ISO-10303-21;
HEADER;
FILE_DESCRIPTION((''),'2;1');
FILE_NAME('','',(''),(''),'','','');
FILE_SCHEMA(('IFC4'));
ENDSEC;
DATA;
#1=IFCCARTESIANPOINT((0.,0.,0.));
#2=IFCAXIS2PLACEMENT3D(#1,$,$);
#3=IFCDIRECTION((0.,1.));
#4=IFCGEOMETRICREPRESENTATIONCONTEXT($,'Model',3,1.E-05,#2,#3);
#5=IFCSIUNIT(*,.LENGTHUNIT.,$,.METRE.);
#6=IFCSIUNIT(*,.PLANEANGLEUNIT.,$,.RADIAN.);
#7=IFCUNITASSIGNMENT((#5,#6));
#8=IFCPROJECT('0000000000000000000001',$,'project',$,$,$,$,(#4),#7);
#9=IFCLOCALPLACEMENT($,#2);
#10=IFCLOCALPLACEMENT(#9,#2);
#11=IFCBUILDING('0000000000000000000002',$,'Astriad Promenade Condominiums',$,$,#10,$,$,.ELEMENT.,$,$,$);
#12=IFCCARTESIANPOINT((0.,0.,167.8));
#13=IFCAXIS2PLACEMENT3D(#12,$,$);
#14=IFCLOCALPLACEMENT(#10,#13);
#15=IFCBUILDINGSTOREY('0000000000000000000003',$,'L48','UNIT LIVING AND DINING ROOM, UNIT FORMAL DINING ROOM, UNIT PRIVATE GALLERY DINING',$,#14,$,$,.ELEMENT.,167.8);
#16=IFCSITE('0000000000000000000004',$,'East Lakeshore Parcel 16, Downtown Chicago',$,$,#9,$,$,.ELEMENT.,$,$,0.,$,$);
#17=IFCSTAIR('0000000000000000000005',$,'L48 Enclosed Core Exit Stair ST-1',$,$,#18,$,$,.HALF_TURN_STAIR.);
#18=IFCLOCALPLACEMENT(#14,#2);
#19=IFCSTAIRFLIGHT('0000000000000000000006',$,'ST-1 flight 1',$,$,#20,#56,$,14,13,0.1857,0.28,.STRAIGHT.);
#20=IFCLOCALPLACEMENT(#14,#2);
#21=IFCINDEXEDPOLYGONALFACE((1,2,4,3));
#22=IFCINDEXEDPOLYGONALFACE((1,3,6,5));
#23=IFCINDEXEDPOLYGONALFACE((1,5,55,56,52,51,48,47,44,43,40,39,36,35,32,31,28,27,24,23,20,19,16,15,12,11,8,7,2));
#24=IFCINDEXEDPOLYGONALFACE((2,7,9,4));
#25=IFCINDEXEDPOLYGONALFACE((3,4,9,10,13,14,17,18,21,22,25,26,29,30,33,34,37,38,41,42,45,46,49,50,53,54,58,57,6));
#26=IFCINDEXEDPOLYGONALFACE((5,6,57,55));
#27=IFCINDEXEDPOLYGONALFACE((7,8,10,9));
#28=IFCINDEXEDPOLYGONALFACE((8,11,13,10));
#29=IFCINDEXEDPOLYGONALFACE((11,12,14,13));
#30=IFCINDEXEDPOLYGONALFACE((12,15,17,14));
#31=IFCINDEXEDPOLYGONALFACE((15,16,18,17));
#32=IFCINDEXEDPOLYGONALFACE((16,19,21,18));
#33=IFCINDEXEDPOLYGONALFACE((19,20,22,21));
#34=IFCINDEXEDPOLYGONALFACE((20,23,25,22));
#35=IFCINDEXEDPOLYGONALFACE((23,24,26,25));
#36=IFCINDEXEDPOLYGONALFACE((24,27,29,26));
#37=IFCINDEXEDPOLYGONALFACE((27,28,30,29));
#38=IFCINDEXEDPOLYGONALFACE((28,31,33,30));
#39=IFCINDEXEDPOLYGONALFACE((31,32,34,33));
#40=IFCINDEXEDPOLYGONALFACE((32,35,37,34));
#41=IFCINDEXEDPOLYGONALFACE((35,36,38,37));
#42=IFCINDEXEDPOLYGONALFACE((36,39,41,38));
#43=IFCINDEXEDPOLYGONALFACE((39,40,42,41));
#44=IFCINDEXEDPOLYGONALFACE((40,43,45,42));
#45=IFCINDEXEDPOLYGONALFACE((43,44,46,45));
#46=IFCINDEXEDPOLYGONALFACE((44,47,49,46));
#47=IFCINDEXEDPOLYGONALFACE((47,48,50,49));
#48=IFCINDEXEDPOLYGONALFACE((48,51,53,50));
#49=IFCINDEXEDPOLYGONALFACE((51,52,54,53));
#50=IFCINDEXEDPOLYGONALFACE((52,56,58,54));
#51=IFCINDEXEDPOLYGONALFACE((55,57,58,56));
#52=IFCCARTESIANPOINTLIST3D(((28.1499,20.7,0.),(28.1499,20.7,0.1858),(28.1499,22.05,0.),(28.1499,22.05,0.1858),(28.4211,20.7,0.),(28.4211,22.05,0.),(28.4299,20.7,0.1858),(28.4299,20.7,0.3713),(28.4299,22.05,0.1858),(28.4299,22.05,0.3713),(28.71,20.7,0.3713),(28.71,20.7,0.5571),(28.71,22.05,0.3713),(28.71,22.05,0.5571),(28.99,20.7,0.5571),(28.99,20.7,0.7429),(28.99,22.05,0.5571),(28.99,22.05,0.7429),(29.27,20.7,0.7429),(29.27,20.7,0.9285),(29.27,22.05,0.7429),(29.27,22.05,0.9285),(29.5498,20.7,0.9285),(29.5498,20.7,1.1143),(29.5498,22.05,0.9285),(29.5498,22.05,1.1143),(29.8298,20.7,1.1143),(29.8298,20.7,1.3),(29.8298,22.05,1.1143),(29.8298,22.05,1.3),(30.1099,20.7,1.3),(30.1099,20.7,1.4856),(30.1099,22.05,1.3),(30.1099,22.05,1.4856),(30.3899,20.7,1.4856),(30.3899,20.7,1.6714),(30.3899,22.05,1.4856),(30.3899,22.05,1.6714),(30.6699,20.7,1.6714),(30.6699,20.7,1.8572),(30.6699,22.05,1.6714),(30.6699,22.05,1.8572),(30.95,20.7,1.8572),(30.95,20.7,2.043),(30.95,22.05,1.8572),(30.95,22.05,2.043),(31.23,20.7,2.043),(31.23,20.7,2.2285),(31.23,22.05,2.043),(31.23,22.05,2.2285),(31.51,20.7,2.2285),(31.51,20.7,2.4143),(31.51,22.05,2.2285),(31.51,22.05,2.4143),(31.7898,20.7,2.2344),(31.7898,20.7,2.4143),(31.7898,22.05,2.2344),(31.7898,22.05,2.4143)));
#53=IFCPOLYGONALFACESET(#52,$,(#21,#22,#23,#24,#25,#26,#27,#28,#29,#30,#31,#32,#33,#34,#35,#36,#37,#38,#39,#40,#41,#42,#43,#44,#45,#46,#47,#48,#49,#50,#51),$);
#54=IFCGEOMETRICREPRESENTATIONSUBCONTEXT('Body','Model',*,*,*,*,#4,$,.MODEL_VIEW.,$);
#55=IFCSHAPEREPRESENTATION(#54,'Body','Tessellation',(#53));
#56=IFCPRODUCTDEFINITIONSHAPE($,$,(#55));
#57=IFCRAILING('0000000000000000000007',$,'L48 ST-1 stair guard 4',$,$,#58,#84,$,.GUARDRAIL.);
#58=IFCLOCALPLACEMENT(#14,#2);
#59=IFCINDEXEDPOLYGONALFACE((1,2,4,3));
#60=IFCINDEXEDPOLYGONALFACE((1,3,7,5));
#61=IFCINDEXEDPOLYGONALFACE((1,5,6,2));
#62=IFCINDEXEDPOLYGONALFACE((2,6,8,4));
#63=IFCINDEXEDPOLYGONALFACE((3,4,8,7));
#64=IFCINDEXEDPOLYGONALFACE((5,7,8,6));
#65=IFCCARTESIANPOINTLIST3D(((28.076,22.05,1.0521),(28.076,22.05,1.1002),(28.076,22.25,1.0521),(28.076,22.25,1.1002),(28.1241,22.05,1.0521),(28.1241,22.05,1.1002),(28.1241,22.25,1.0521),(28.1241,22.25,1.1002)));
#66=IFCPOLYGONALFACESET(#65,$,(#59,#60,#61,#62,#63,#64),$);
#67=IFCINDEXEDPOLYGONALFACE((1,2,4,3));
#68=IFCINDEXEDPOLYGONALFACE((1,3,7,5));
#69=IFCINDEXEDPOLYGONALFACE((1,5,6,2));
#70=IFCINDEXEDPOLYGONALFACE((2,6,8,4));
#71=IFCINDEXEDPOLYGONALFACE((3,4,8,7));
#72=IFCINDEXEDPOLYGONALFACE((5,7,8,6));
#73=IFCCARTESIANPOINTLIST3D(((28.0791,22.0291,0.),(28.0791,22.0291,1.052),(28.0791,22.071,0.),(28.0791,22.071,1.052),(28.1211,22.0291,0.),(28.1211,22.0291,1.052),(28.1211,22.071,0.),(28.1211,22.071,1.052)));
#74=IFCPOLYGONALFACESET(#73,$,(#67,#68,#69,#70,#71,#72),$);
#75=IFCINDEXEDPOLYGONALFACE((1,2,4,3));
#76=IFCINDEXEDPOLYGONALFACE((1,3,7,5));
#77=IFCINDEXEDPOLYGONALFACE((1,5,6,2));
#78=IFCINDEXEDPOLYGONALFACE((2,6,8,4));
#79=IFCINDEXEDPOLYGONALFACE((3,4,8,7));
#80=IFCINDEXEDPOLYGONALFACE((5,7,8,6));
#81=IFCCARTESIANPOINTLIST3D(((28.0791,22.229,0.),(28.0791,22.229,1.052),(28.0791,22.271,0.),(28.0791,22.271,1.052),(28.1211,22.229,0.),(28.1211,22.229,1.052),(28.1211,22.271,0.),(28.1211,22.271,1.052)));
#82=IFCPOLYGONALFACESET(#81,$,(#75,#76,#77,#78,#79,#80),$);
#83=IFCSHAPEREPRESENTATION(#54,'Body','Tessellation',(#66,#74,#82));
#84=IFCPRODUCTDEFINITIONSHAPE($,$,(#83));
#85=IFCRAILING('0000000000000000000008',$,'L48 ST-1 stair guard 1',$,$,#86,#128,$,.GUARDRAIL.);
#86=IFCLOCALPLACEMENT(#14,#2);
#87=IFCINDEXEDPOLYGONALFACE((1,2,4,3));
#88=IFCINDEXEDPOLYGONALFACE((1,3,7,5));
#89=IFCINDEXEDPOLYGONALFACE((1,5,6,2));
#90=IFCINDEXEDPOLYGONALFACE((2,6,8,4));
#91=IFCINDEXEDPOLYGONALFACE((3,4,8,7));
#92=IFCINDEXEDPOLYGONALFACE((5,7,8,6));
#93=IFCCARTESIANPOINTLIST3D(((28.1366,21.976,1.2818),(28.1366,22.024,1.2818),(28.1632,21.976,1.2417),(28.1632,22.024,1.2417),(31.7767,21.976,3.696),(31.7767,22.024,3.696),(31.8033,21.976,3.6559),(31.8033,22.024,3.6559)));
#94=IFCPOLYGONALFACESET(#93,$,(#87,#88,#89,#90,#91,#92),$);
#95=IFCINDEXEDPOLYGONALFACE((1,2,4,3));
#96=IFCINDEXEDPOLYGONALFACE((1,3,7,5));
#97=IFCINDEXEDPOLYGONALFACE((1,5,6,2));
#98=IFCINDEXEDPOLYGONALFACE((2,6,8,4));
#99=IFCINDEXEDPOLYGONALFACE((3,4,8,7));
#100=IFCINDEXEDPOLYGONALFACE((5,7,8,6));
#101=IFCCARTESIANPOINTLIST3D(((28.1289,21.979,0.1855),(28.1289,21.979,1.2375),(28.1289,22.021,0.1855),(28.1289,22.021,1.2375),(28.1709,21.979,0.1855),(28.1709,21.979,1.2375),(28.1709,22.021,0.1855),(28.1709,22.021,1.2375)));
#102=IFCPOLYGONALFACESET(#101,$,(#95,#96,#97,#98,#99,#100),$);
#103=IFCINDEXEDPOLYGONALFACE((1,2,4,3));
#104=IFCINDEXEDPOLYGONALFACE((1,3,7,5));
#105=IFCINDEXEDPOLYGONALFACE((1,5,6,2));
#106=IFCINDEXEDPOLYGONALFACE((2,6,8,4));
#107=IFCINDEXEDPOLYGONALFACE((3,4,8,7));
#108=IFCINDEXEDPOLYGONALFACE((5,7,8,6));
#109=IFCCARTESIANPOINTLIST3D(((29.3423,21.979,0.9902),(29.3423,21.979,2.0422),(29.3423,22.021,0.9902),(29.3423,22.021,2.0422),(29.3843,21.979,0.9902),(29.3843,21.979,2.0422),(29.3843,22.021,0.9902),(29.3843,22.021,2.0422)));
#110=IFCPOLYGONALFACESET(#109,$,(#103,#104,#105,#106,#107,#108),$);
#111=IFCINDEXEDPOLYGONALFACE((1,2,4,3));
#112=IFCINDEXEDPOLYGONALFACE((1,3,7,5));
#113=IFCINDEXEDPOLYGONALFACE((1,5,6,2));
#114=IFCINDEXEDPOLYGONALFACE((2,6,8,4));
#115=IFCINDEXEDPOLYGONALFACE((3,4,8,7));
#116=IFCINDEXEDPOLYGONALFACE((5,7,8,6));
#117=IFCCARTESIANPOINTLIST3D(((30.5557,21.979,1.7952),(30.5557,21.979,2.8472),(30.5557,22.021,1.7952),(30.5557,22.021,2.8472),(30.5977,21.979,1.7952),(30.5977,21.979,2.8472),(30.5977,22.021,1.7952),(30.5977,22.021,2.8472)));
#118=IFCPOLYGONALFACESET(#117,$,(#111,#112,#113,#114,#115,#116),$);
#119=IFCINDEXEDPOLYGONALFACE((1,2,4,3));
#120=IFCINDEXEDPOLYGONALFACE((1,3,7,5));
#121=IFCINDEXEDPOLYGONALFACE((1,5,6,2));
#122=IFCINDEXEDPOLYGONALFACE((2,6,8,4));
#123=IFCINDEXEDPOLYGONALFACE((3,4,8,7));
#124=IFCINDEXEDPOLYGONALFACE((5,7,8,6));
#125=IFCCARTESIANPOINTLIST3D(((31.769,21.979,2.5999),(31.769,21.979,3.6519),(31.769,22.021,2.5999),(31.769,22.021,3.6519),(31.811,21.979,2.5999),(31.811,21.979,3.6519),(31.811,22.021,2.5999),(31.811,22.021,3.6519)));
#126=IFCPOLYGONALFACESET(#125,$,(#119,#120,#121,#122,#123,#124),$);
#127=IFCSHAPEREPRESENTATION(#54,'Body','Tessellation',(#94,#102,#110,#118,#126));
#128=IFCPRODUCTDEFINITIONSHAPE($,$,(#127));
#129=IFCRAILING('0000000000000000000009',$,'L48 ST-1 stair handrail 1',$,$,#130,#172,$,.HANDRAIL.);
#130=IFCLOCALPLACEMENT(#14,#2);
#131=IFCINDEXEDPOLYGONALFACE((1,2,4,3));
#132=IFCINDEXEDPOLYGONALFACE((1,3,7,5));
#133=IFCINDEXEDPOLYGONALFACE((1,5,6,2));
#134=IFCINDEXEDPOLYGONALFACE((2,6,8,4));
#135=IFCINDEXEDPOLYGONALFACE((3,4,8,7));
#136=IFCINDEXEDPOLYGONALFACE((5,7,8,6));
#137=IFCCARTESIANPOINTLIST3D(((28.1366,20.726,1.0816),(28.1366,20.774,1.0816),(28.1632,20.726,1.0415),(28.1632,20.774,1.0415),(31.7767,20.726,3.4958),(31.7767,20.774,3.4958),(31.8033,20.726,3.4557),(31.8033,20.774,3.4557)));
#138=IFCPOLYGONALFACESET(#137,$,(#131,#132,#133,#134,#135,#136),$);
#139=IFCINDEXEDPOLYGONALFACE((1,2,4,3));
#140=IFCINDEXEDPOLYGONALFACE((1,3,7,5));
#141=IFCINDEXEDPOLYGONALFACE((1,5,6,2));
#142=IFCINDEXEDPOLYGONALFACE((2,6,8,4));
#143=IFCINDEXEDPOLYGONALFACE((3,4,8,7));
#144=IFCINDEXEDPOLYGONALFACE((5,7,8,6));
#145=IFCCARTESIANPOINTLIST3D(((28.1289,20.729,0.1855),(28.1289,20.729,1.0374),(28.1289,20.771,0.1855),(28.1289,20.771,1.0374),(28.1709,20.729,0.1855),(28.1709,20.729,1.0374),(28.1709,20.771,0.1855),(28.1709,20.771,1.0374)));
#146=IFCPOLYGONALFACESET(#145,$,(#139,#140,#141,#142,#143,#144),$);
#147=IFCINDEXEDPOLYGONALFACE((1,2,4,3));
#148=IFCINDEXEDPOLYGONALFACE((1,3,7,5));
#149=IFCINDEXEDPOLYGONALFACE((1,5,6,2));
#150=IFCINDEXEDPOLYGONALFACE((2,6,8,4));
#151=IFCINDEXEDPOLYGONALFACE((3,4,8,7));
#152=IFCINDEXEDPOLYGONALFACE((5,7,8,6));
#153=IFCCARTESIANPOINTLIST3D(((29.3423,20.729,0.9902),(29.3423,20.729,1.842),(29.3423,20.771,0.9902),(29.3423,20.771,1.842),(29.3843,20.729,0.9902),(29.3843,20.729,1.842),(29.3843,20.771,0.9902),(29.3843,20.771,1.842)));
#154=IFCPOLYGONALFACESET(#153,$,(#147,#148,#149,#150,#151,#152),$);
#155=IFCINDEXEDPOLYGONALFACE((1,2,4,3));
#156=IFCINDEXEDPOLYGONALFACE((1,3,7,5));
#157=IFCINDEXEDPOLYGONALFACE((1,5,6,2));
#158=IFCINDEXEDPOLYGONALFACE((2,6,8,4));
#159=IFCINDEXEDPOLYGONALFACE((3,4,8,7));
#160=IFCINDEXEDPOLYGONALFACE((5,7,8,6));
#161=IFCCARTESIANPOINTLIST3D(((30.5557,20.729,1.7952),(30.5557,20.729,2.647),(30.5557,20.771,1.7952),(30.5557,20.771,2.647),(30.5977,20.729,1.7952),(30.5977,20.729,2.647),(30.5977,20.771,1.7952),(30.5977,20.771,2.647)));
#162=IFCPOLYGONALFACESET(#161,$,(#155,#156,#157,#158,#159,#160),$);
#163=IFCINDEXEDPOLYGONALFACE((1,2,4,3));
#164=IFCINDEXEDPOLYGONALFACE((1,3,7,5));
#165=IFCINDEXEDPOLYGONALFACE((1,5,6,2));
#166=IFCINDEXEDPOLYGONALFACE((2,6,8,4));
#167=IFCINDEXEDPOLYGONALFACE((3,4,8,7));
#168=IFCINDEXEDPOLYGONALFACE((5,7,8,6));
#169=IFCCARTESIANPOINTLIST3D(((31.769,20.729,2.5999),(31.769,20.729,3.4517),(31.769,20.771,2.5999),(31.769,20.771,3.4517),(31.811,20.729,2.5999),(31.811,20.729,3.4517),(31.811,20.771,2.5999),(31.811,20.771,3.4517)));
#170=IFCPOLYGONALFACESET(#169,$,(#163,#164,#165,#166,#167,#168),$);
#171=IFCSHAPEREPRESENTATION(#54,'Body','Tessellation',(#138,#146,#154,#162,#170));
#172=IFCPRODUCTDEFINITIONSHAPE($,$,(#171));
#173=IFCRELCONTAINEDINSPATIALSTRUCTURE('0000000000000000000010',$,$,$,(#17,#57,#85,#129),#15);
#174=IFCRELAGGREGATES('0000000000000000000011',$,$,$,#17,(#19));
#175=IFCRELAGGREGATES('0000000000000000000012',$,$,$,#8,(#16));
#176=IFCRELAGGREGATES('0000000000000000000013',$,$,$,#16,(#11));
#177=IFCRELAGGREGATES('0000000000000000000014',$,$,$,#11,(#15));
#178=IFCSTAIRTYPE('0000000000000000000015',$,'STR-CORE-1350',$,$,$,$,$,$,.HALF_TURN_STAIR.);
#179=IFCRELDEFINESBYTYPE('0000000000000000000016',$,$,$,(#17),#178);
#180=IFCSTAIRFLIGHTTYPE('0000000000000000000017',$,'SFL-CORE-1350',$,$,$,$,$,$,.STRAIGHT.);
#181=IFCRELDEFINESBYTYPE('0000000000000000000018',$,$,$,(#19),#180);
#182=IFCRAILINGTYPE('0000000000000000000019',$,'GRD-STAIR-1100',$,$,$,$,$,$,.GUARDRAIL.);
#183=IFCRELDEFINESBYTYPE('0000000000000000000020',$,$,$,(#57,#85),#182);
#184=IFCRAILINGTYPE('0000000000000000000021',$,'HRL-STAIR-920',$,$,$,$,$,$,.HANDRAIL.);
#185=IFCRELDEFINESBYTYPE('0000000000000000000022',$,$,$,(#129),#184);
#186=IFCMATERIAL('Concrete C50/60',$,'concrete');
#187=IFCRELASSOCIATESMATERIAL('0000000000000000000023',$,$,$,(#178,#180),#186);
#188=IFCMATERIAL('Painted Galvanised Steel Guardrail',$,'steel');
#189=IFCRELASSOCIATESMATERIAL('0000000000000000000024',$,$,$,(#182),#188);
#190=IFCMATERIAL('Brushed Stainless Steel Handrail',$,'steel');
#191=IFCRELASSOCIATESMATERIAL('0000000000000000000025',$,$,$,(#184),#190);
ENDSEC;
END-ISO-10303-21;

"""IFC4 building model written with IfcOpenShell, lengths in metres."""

from ifc_helpers import new_model, si_unit, direction, frame, origin, origin_2d, place, context, subcontext, project, spatial, polyline, rectangle, outline, extrude, source, transform, mapped, material, type_object, type_shapes, element, aggregate, save


model = new_model("IFC4")

# Units and contexts
model_context = context("Model", 3, precision=1e-05, world=origin(), true_north=direction((0.0, 1.0)))
body_context = subcontext(model_context, "Body", "Model", "MODEL_VIEW")
ifc_project = project(units=[si_unit("LENGTHUNIT", "METRE"), si_unit("PLANEANGLEUNIT", "RADIAN")], contexts=[model_context])

# Site, building, storey
site_placement = place(None, origin())
site = spatial("IfcSite", under=ifc_project, at=site_placement, Name="East Lakeshore Parcel 16, Downtown Chicago", CompositionType="ELEMENT", RefElevation=0.0)
building_placement = place(site_placement, origin())
building = spatial("IfcBuilding", under=site, at=building_placement, Name="Astriad Promenade Condominiums", CompositionType="ELEMENT")
storey_placement = place(building_placement, frame((0.0, 0.0, 167.8)))
storey = spatial("IfcBuildingStorey", under=building, at=storey_placement, Name="L48", Description="UNIT LIVING AND DINING ROOM, UNIT FORMAL DINING ROOM, UNIT PRIVATE GALLERY DINING", CompositionType="ELEMENT", Elevation=167.8)

# Shared definitions
ifc_material_1 = material(Name="Concrete C50/60", Category="concrete")

# Stair, stair flight
stair_type = type_object("IfcStairType", Name="STR-CORE-1350", PredefinedType="HALF_TURN_STAIR", material=ifc_material_1)
stair_placement = place(storey_placement, origin())
stair = element("IfcStair", 1, at=stair_placement, inside=storey, type_object=stair_type, Name="L48 Enclosed Core Exit Stair ST-1", PredefinedType="HALF_TURN_STAIR")
stair_flight_type = type_object("IfcStairFlightType", Name="SFL-CORE-1350", PredefinedType="STRAIGHT", material=ifc_material_1)
shared_shape_1 = source(origin(), body_context, "Body", "SweptSolid", [
    extrude(outline(polyline([(0.0, 0.0), (0.0, 0.1858), (0.28, 0.1858), (0.28, 0.3713), (0.5601, 0.3713), (0.5601, 0.5571), (0.8401, 0.5571), (0.8401, 0.7429), (1.1201, 0.7429), (1.1201, 0.9285), (1.3999, 0.9285), (1.3999, 1.1143), (1.6799, 1.1143), (1.6799, 1.3), (1.96, 1.3), (1.96, 1.4856), (2.24, 1.4856), (2.24, 1.6714), (2.52, 1.6714), (2.52, 1.8572), (2.8, 1.8572), (2.8, 2.043), (3.0801, 2.043), (3.0801, 2.2285), (3.3601, 2.2285), (3.3601, 2.4143), (3.6399, 2.4143), (3.6399, 2.6001), (3.6399, 2.2344), (0.2712, 0.0), (0.0, 0.0)])), frame((0.0, 0.675, 0.0), z_axis=(0.0, -1.0, 0.0), x_axis=(1.0, 0.0, 0.0)), (0.0, 0.0, 1.0), 1.3501),
])
type_shapes(stair_flight_type, [shared_shape_1])
stair_flight_placement = place(storey_placement, frame((28.1499, 21.375, 0.0), z_axis=(0.0, 0.0, 1.0), x_axis=(1.0, 0.0, 0.0)))
stair_flight = element("IfcStairFlight", 2, at=stair_flight_placement, type_object=stair_flight_type, Name="ST-1 flight 1", NumberOfRisers=14, NumberOfTreads=13, PredefinedType="STRAIGHT", RiserHeight=0.1857, TreadLength=0.28, context=body_context, shape_type="MappedRepresentation", body=[
    mapped(shared_shape_1, transform((0.0, 0.0, 0.0), scale=1.0)),
])
aggregate(stair, [stair_flight])

# Railings
ifc_material_2 = material(Name="Painted Galvanised Steel Guardrail", Category="steel")
railing_type_1 = type_object("IfcRailingType", Name="GRD-STAIR-1100", PredefinedType="GUARDRAIL", material=ifc_material_2)
shared_shape_2 = source(origin(), body_context, "Body", "SweptSolid", [
    extrude(rectangle(XDim=0.0481, YDim=0.0481, at=origin_2d()), frame((0.0, 0.0, 1.0762), z_axis=(0.0, 1.0, 0.0), x_axis=(-1.0, 0.0, 0.0)), (0.0, 0.0, 1.0), 0.2),
    extrude(rectangle(XDim=0.042, YDim=0.042, at=origin_2d()), origin(), (0.0, 0.0, 1.0), 1.052),
    extrude(rectangle(XDim=0.042, YDim=0.042, at=origin_2d()), frame((0.0, 0.2, 0.0)), (0.0, 0.0, 1.0), 1.052),
])
railing_1_placement = place(storey_placement, frame((28.1001, 22.05, 0.0)))
element("IfcRailing", 3, at=railing_1_placement, inside=storey, type_object=railing_type_1, Name="L48 ST-1 stair guard 4", PredefinedType="GUARDRAIL", context=body_context, shape_type="MappedRepresentation", body=[
    mapped(shared_shape_2, transform((0.0, 0.0, 0.0), scale=1.0)),
])
shared_shape_3 = source(origin(), body_context, "Body", "SweptSolid", [
    extrude(rectangle(XDim=0.0481, YDim=0.0481, at=origin_2d()), frame((0.0, 0.0, 1.0762), z_axis=(0.833364, 0.0, 0.552725), x_axis=(0.0, 1.0, 0.0)), (0.0, 0.0, 1.0), 4.3679),
    extrude(rectangle(XDim=0.042, YDim=0.042, at=origin_2d()), origin(), (0.0, 0.0, 1.0), 1.052),
    extrude(rectangle(XDim=0.042, YDim=0.042, at=origin_2d()), frame((1.2134, 0.0, 0.8047)), (0.0, 0.0, 1.0), 1.052),
    extrude(rectangle(XDim=0.042, YDim=0.042, at=origin_2d()), frame((2.4268, 0.0, 1.6096)), (0.0, 0.0, 1.0), 1.052),
    extrude(rectangle(XDim=0.042, YDim=0.042, at=origin_2d()), frame((3.6401, 0.0, 2.4143)), (0.0, 0.0, 1.0), 1.052),
])
type_shapes(railing_type_1, [shared_shape_2, shared_shape_3])
railing_2_placement = place(storey_placement, frame((28.1499, 22.0, 0.1855)))
element("IfcRailing", 4, at=railing_2_placement, inside=storey, type_object=railing_type_1, Name="L48 ST-1 stair guard 1", PredefinedType="GUARDRAIL", context=body_context, shape_type="MappedRepresentation", body=[
    mapped(shared_shape_3, transform((0.0, 0.0, 0.0), scale=1.0)),
])
ifc_material_3 = material(Name="Brushed Stainless Steel Handrail", Category="steel")
railing_type_2 = type_object("IfcRailingType", Name="HRL-STAIR-920", PredefinedType="HANDRAIL", material=ifc_material_3)
shared_shape_4 = source(origin(), body_context, "Body", "SweptSolid", [
    extrude(rectangle(XDim=0.0481, YDim=0.0481, at=origin_2d()), frame((0.0, 0.0, 0.876), z_axis=(0.833364, 0.0, 0.552725), x_axis=(0.0, 1.0, 0.0)), (0.0, 0.0, 1.0), 4.3679),
    extrude(rectangle(XDim=0.042, YDim=0.042, at=origin_2d()), origin(), (0.0, 0.0, 1.0), 0.8518),
    extrude(rectangle(XDim=0.042, YDim=0.042, at=origin_2d()), frame((1.2134, 0.0, 0.8047)), (0.0, 0.0, 1.0), 0.8518),
    extrude(rectangle(XDim=0.042, YDim=0.042, at=origin_2d()), frame((2.4268, 0.0, 1.6096)), (0.0, 0.0, 1.0), 0.8518),
    extrude(rectangle(XDim=0.042, YDim=0.042, at=origin_2d()), frame((3.6401, 0.0, 2.4143)), (0.0, 0.0, 1.0), 0.8518),
])
type_shapes(railing_type_2, [shared_shape_4])
railing_3_placement = place(storey_placement, frame((28.1499, 20.75, 0.1855)))
element("IfcRailing", 5, at=railing_3_placement, inside=storey, type_object=railing_type_2, Name="L48 ST-1 stair handrail 1", PredefinedType="HANDRAIL", context=body_context, shape_type="MappedRepresentation", body=[
    mapped(shared_shape_4, transform((0.0, 0.0, 0.0), scale=1.0)),
])

save(model, "model.ifc")
